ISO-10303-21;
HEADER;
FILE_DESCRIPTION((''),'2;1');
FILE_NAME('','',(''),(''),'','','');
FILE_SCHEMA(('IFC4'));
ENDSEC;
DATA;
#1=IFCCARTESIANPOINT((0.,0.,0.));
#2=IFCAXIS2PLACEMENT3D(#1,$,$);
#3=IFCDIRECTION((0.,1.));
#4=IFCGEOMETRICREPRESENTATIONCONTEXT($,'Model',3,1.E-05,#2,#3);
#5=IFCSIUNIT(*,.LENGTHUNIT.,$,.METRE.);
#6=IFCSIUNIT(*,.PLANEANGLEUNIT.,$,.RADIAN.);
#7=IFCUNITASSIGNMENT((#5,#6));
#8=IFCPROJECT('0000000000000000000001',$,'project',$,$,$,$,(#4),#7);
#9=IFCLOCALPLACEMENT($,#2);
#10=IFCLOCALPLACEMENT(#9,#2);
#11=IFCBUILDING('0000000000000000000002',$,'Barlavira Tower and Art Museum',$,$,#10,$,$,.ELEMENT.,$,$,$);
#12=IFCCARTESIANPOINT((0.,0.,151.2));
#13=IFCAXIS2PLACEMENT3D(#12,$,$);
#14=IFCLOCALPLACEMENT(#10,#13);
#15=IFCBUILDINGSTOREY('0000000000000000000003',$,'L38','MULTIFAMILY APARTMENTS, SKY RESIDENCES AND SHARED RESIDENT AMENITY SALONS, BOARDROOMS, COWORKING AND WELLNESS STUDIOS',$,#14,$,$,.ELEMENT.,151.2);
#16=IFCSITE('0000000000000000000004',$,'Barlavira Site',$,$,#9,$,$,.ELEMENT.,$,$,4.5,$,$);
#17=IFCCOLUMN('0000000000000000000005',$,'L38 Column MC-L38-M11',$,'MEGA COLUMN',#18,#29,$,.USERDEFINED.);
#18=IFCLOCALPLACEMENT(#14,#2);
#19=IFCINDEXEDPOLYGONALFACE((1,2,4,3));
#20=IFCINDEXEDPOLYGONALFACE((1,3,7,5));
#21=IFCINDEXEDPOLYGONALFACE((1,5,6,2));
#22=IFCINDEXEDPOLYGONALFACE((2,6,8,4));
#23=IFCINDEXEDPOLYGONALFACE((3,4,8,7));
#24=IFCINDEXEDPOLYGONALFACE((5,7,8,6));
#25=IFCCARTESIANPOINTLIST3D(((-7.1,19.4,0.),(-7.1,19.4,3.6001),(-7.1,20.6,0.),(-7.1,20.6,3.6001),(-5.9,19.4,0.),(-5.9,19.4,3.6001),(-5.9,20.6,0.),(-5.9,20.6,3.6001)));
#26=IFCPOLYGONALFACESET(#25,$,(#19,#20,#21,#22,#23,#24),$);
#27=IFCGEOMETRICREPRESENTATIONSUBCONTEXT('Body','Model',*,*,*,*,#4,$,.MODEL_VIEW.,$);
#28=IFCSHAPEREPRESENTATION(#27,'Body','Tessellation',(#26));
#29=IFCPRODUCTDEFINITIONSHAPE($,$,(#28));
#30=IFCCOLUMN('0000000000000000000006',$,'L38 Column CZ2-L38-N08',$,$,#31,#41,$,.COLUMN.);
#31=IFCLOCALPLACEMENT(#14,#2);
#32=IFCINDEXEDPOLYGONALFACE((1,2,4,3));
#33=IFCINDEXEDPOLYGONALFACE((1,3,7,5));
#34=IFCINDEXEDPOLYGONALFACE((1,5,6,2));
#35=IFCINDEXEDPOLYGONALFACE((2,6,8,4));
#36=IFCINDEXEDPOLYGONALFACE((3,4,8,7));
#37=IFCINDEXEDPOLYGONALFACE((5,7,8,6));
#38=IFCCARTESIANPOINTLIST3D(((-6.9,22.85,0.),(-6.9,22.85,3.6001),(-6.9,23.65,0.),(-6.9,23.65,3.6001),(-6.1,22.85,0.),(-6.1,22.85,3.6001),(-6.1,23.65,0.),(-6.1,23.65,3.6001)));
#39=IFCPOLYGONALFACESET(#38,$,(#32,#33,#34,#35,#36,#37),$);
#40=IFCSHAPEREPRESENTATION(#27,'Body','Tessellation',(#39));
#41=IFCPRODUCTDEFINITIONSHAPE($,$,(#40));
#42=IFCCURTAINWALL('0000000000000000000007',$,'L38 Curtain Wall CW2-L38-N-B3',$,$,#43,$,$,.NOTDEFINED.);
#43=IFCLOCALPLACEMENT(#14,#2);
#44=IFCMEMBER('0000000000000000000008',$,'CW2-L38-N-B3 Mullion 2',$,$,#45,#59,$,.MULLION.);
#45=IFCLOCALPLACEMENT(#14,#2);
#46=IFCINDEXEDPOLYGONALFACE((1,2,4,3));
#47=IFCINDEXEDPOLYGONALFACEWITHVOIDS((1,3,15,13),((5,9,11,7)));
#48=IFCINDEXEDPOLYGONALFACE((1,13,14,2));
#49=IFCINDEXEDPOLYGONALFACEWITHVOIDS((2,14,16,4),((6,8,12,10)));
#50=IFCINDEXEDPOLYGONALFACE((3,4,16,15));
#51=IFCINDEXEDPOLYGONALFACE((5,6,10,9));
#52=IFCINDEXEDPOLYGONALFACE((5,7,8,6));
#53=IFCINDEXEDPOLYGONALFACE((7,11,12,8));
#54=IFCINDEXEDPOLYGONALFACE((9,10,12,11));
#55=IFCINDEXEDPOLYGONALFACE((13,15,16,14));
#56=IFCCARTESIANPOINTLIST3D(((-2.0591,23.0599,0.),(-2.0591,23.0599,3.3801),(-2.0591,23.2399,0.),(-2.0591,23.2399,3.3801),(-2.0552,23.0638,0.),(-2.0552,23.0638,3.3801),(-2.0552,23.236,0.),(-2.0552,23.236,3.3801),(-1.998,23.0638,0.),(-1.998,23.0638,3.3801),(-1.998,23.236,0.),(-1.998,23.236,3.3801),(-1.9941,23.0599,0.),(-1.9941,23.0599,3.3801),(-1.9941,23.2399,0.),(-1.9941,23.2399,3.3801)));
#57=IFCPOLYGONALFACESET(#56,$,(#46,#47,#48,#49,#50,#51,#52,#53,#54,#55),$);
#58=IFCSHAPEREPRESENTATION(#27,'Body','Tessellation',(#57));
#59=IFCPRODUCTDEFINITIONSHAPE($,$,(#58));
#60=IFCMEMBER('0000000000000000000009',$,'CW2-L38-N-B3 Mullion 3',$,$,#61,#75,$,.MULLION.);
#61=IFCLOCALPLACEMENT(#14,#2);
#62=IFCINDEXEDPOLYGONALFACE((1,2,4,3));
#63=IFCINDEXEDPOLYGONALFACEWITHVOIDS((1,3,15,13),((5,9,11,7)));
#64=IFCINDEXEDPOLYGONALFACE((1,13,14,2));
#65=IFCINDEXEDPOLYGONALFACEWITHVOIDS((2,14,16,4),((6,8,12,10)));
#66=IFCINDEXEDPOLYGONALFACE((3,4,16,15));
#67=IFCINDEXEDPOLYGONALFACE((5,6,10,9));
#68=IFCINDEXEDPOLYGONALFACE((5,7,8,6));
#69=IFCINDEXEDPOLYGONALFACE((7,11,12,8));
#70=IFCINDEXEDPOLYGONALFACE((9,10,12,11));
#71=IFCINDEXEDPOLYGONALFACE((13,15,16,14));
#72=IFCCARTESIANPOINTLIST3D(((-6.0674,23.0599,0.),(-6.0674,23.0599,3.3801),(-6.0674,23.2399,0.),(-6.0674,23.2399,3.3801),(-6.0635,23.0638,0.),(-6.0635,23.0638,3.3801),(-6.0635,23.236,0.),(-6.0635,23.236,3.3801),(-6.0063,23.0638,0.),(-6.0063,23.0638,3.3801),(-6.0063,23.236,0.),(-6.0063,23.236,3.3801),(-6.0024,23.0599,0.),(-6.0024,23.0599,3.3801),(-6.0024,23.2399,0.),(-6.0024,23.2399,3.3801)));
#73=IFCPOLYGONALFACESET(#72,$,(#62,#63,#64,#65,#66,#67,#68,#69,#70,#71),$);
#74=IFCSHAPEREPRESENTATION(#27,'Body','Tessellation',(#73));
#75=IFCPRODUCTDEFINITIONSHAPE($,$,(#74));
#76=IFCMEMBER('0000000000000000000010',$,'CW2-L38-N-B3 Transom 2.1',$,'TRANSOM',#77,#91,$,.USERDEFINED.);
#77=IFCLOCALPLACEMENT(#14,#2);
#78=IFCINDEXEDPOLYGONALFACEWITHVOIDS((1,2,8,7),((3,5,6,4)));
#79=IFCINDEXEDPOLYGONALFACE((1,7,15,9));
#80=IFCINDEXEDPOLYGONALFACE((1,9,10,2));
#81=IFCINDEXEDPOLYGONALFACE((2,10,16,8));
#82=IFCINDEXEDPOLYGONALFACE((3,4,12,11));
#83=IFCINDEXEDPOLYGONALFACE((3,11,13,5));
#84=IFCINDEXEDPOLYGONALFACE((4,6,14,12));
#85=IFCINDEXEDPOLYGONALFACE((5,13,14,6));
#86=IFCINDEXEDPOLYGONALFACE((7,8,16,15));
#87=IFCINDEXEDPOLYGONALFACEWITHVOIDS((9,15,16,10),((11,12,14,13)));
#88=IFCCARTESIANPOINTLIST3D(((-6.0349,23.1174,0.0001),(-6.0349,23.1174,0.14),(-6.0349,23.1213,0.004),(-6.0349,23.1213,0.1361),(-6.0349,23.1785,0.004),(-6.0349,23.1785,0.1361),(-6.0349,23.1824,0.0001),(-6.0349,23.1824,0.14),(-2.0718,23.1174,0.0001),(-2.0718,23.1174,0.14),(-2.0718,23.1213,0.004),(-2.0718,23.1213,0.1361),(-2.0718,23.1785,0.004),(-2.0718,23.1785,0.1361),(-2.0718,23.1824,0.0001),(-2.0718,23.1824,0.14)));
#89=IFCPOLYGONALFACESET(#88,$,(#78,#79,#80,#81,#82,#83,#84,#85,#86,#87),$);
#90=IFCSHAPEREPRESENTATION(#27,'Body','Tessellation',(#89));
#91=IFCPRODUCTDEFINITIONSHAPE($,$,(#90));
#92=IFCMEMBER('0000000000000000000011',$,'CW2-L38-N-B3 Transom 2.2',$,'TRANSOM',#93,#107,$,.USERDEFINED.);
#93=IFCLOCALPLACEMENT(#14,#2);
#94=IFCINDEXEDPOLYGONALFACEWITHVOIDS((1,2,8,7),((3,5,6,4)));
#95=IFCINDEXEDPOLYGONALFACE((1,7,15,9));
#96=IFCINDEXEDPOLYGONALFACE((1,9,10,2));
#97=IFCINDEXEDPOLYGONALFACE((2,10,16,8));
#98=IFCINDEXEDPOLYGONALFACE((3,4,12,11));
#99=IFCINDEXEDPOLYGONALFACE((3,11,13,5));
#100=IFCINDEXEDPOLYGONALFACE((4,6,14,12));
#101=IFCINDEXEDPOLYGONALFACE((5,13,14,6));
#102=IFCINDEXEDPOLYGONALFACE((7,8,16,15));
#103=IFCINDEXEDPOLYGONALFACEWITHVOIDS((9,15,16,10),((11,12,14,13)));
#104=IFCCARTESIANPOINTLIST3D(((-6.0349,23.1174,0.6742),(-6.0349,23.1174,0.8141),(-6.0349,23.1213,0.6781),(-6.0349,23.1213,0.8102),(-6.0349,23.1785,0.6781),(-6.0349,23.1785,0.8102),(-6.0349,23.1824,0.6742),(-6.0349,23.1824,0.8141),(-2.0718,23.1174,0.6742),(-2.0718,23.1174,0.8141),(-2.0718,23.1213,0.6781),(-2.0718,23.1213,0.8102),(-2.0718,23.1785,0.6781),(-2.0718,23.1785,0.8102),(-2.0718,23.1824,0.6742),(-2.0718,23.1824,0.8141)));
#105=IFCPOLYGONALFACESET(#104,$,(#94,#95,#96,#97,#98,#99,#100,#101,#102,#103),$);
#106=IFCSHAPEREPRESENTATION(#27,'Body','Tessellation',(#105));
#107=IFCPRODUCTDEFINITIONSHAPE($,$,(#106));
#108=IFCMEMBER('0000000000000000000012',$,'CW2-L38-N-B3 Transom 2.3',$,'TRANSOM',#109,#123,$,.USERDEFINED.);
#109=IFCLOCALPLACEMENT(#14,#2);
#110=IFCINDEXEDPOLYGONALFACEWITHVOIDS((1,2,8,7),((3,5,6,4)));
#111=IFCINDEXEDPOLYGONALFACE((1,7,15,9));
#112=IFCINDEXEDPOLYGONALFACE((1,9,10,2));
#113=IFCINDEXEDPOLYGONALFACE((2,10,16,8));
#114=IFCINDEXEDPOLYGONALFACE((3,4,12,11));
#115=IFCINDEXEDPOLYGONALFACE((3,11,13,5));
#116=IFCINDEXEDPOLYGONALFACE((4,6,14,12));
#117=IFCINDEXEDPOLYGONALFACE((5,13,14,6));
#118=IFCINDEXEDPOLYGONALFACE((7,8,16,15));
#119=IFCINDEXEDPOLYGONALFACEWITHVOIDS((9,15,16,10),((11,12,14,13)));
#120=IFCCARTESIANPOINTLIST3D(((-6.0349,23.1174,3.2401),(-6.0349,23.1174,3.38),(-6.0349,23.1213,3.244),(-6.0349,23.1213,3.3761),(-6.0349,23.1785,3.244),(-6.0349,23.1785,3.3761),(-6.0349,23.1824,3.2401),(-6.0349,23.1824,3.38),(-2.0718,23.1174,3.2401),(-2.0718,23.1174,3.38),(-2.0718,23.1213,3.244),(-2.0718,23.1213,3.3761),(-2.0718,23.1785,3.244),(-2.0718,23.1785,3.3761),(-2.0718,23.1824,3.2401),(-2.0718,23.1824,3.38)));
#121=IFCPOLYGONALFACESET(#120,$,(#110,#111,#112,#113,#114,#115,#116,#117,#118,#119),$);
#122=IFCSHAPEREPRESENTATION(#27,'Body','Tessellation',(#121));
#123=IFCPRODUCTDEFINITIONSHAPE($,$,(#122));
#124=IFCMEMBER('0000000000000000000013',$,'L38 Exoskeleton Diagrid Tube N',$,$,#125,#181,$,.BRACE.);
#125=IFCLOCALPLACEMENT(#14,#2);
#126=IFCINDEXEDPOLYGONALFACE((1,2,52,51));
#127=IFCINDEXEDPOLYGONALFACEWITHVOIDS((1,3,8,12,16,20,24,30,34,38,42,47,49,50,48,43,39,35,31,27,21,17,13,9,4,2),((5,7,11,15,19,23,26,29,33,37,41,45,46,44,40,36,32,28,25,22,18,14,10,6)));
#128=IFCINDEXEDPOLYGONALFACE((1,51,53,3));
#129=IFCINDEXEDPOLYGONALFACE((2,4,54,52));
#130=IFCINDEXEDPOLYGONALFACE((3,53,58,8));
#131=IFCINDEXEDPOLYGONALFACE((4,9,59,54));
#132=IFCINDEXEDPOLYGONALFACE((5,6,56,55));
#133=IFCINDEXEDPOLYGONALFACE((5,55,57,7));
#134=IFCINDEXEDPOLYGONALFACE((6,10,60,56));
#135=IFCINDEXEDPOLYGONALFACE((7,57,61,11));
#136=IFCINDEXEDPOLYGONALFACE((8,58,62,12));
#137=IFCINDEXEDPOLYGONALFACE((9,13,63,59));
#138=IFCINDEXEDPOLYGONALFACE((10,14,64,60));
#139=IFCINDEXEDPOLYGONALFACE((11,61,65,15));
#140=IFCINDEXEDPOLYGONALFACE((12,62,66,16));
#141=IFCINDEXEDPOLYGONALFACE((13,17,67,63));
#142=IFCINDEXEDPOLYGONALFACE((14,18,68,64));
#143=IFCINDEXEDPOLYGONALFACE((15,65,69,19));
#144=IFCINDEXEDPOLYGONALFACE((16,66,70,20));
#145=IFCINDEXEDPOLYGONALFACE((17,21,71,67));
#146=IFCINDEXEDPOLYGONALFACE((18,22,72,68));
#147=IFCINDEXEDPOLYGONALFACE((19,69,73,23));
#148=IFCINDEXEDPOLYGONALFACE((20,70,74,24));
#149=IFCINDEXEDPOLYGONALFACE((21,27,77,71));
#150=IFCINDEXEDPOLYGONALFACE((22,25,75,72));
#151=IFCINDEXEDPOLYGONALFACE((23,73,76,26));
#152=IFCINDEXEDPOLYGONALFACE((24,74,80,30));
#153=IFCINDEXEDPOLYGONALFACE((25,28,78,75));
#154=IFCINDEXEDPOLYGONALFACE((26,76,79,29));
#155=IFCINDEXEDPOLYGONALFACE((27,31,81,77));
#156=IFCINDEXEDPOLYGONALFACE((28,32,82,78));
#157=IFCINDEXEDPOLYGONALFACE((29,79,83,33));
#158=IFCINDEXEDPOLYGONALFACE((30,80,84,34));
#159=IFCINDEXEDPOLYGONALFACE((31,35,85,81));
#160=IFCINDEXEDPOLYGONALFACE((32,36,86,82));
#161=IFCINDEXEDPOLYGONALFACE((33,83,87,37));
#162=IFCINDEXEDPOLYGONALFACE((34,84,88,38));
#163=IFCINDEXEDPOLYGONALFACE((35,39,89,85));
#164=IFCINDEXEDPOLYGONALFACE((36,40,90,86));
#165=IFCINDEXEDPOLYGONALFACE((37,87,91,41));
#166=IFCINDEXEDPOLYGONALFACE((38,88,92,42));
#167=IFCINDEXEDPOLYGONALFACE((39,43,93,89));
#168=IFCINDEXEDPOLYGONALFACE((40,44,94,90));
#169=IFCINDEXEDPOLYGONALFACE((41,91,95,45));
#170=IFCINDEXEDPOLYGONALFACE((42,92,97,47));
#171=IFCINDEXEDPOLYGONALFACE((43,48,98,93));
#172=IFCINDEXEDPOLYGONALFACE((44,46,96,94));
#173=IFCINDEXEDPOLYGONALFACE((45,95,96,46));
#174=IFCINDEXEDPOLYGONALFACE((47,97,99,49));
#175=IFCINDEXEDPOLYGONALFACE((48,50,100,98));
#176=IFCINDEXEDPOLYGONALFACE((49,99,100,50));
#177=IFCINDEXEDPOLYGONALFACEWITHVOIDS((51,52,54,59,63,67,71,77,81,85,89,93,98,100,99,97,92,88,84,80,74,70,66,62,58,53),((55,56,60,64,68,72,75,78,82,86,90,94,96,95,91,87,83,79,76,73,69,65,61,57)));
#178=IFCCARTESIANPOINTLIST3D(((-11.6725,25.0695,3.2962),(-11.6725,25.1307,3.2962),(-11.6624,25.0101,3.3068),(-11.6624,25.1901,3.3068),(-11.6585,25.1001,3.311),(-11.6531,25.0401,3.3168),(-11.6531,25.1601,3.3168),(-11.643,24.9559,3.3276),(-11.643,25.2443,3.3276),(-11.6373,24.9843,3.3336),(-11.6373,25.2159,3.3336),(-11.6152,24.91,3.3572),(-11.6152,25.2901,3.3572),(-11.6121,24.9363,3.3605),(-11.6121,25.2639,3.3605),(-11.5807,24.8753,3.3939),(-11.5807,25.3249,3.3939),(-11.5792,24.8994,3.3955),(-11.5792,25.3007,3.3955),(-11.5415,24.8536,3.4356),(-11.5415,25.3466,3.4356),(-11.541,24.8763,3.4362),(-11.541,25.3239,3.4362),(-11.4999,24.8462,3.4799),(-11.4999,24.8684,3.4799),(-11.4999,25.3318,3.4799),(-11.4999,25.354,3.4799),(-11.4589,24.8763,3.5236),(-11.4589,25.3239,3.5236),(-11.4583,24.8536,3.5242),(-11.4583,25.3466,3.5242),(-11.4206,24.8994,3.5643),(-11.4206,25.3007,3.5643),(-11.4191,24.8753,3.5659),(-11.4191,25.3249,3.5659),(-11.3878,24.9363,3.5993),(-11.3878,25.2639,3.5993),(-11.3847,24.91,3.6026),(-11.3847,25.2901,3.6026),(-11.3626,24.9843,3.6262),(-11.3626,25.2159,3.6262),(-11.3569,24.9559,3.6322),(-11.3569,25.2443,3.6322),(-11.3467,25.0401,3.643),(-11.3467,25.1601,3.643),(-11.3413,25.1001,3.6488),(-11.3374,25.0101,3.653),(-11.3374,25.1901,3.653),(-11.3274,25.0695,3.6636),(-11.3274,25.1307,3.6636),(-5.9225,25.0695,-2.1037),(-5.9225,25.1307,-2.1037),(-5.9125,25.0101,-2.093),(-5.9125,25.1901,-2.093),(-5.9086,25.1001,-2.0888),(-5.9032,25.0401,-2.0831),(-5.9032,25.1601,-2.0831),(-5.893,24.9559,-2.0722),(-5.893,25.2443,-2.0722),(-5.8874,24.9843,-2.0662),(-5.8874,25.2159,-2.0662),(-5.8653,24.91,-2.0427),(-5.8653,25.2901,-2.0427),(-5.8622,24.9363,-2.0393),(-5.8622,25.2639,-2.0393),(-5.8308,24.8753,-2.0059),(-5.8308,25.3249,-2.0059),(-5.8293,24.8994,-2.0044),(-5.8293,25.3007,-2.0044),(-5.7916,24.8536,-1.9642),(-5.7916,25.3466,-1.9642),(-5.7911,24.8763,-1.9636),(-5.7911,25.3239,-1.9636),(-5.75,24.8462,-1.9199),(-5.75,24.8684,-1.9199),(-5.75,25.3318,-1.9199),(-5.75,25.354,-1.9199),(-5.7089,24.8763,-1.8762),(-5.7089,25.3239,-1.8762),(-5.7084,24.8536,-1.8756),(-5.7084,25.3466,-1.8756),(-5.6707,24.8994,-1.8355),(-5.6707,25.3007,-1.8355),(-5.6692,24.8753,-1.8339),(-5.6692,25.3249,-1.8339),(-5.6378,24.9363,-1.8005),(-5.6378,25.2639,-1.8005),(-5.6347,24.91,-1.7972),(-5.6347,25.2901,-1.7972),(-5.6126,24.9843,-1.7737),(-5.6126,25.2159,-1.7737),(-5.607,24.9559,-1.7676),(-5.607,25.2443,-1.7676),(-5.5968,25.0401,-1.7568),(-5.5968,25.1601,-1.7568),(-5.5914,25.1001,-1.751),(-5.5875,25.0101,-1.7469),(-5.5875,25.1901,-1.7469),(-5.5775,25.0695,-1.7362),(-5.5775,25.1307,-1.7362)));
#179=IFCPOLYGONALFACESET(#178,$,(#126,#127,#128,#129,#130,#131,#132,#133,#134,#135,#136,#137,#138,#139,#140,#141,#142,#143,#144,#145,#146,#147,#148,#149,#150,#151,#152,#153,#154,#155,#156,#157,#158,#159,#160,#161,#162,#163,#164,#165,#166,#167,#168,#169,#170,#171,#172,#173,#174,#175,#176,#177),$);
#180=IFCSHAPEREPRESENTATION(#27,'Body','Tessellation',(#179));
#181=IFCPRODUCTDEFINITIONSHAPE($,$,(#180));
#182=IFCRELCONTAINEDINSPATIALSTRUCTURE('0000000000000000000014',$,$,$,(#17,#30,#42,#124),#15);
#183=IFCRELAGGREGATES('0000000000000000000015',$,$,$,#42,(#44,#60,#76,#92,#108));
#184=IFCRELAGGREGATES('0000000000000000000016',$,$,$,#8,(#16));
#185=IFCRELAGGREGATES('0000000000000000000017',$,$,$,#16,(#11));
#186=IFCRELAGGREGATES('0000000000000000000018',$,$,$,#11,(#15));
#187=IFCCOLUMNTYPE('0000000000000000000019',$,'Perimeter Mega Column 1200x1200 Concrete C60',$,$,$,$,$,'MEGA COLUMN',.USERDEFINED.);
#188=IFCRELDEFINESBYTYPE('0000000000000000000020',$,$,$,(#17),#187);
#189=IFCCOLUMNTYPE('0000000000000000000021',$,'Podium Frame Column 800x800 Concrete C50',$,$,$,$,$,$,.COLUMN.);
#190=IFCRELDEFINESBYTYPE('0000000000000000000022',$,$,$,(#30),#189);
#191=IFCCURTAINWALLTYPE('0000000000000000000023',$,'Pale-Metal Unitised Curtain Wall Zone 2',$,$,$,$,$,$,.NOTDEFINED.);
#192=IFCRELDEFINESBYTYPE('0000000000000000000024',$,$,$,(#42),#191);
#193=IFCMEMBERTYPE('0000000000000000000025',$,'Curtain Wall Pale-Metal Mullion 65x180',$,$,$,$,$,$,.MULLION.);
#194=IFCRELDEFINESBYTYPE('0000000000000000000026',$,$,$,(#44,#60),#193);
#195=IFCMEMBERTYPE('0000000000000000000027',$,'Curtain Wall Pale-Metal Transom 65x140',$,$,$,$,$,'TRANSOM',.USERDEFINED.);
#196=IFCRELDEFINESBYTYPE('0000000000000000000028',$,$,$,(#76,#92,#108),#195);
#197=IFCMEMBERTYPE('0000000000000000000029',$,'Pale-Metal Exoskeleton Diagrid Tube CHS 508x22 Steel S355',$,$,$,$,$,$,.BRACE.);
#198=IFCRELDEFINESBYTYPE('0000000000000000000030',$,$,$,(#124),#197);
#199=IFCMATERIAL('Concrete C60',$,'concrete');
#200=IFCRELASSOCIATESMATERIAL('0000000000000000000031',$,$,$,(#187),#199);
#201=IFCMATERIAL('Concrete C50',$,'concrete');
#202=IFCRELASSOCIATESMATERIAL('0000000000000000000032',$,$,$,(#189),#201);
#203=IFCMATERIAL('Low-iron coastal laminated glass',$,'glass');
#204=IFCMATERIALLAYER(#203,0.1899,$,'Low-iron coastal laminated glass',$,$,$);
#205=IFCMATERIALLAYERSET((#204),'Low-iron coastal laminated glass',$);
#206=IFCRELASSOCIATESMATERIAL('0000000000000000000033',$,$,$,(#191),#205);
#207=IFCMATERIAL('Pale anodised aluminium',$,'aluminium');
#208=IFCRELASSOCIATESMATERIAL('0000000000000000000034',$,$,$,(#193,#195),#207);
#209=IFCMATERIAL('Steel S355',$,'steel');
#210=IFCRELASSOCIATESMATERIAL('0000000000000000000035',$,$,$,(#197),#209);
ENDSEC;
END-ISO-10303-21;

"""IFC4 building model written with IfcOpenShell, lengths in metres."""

from ifc_helpers import new_model, si_unit, direction, frame, origin, origin_2d, place, context, subcontext, project, spatial, rectangle, hollow_rectangle, hollow_circle, extrude, material, layer, layer_set, material_profile, profile_set, type_object, element, aggregate, save


model = new_model("IFC4")

# Units and contexts
model_context = context("Model", 3, precision=1e-05, world=origin(), true_north=direction((0.0, 1.0)))
body_context = subcontext(model_context, "Body", "Model", "MODEL_VIEW")
ifc_project = project(units=[si_unit("LENGTHUNIT", "METRE"), si_unit("PLANEANGLEUNIT", "RADIAN")], contexts=[model_context])

# Site, building, storey
site_placement = place(None, origin())
site = spatial("IfcSite", under=ifc_project, at=site_placement, Name="Barlavira Site", CompositionType="ELEMENT", RefElevation=4.5)
building_placement = place(site_placement, origin())
building = spatial("IfcBuilding", under=site, at=building_placement, Name="Barlavira Tower and Art Museum", CompositionType="ELEMENT")
storey_placement = place(building_placement, frame((0.0, 0.0, 151.2)))
storey = spatial("IfcBuildingStorey", under=building, at=storey_placement, Name="L38", Description="MULTIFAMILY APARTMENTS, SKY RESIDENCES AND SHARED RESIDENT AMENITY SALONS, BOARDROOMS, COWORKING AND WELLNESS STUDIOS", CompositionType="ELEMENT", Elevation=151.2)

# Columns
ifc_material_1 = material(Name="Concrete C60", Category="concrete")
ifc_material_profile_1 = material_profile(ifc_material_1, rectangle(XDim=1.2, YDim=1.2, at=origin_2d()), Name="RC-COL 1200x1200")
ifc_profile_set_1 = profile_set([ifc_material_profile_1], Name="Concrete C60")
column_type_1 = type_object("IfcColumnType", Name="Perimeter Mega Column 1200x1200 Concrete C60", ElementType="MEGA COLUMN", PredefinedType="USERDEFINED", material=ifc_profile_set_1)
column_1_placement = place(storey_placement, frame((-6.5, 20.0, 0.0), z_axis=(0.0, 0.0, 1.0), x_axis=(1.0, 0.0, 0.0)))
element("IfcColumn", 1, at=column_1_placement, inside=storey, type_object=column_type_1, Name="L38 Column MC-L38-M11", ObjectType="MEGA COLUMN", PredefinedType="USERDEFINED", context=body_context, shape_type="SweptSolid", body=[
    extrude(rectangle(XDim=1.2, YDim=1.2, at=origin_2d()), origin(), (0.0, 0.0, 1.0), 3.6001),
])
ifc_material_2 = material(Name="Concrete C50", Category="concrete")
ifc_material_profile_2 = material_profile(ifc_material_2, rectangle(XDim=0.8, YDim=0.8, at=origin_2d()), Name="RC-COL 800x800")
ifc_profile_set_2 = profile_set([ifc_material_profile_2], Name="Concrete C50")
column_type_2 = type_object("IfcColumnType", Name="Podium Frame Column 800x800 Concrete C50", PredefinedType="COLUMN", material=ifc_profile_set_2)
column_2_placement = place(storey_placement, frame((-6.5, 23.25, 0.0), z_axis=(0.0, 0.0, 1.0), x_axis=(1.0, 0.0, 0.0)))
element("IfcColumn", 2, at=column_2_placement, inside=storey, type_object=column_type_2, Name="L38 Column CZ2-L38-N08", PredefinedType="COLUMN", context=body_context, shape_type="SweptSolid", body=[
    extrude(rectangle(XDim=0.8, YDim=0.8, at=origin_2d()), origin(), (0.0, 0.0, 1.0), 3.6001),
])

# Curtain wall, members
ifc_material_3 = material(Name="Low-iron coastal laminated glass", Category="glass")
ifc_layer_1 = layer(ifc_material_3, 0.1899, Name="Low-iron coastal laminated glass")
ifc_layer_set_1 = layer_set([ifc_layer_1], Name="Low-iron coastal laminated glass")
curtain_wall_type = type_object("IfcCurtainWallType", Name="Pale-Metal Unitised Curtain Wall Zone 2", PredefinedType="NOTDEFINED", material=ifc_layer_set_1)
curtain_wall_placement = place(storey_placement, origin())
curtain_wall = element("IfcCurtainWall", 3, at=curtain_wall_placement, inside=storey, type_object=curtain_wall_type, Name="L38 Curtain Wall CW2-L38-N-B3", PredefinedType="NOTDEFINED")
ifc_material_4 = material(Name="Pale anodised aluminium", Category="aluminium")
ifc_material_profile_3 = material_profile(ifc_material_4, hollow_rectangle(XDim=0.0649, YDim=0.1799, WallThickness=0.0039, at=origin_2d()), Name="ALU-MULL 65x180x4")
ifc_profile_set_3 = profile_set([ifc_material_profile_3], Name="Pale anodised aluminium")
member_type_1 = type_object("IfcMemberType", Name="Curtain Wall Pale-Metal Mullion 65x180", PredefinedType="MULLION", material=ifc_profile_set_3)
member_1_placement = place(storey_placement, frame((-2.0266, 23.1499, 0.0), z_axis=(0.0, 0.0, 1.0), x_axis=(-1.0, 0.0, 0.0)))
member_1 = element("IfcMember", 4, at=member_1_placement, type_object=member_type_1, Name="CW2-L38-N-B3 Mullion 2", PredefinedType="MULLION", context=body_context, shape_type="SweptSolid", body=[
    extrude(hollow_rectangle(XDim=0.0649, YDim=0.1799, WallThickness=0.0039, at=origin_2d()), origin(), (0.0, 0.0, 1.0), 3.3801),
])
member_2_placement = place(storey_placement, frame((-6.0349, 23.1499, 0.0), z_axis=(0.0, 0.0, 1.0), x_axis=(-1.0, 0.0, 0.0)))
member_2 = element("IfcMember", 5, at=member_2_placement, type_object=member_type_1, Name="CW2-L38-N-B3 Mullion 3", PredefinedType="MULLION", context=body_context, shape_type="SweptSolid", body=[
    extrude(hollow_rectangle(XDim=0.0649, YDim=0.1799, WallThickness=0.0039, at=origin_2d()), origin(), (0.0, 0.0, 1.0), 3.3801),
])
ifc_material_profile_4 = material_profile(ifc_material_4, hollow_rectangle(XDim=0.0649, YDim=0.1399, WallThickness=0.0039, at=origin_2d()), Name="ALU-TRAN 65x140x4")
ifc_profile_set_4 = profile_set([ifc_material_profile_4], Name="Pale anodised aluminium")
member_type_2 = type_object("IfcMemberType", Name="Curtain Wall Pale-Metal Transom 65x140", ElementType="TRANSOM", PredefinedType="USERDEFINED", material=ifc_profile_set_4)
member_3_placement = place(storey_placement, frame((-2.0718, 23.1499, 0.0701), z_axis=(-1.0, 0.0, 0.0), x_axis=(0.0, -1.0, 0.0)))
member_3 = element("IfcMember", 6, at=member_3_placement, type_object=member_type_2, Name="CW2-L38-N-B3 Transom 2.1", ObjectType="TRANSOM", PredefinedType="USERDEFINED", context=body_context, shape_type="SweptSolid", body=[
    extrude(hollow_rectangle(XDim=0.0649, YDim=0.1399, WallThickness=0.0039, at=origin_2d()), origin(), (0.0, 0.0, 1.0), 3.9631),
])
member_4_placement = place(storey_placement, frame((-2.0718, 23.1499, 0.7441), z_axis=(-1.0, 0.0, 0.0), x_axis=(0.0, -1.0, 0.0)))
member_4 = element("IfcMember", 7, at=member_4_placement, type_object=member_type_2, Name="CW2-L38-N-B3 Transom 2.2", ObjectType="TRANSOM", PredefinedType="USERDEFINED", context=body_context, shape_type="SweptSolid", body=[
    extrude(hollow_rectangle(XDim=0.0649, YDim=0.1399, WallThickness=0.0039, at=origin_2d()), origin(), (0.0, 0.0, 1.0), 3.9631),
])
member_5_placement = place(storey_placement, frame((-2.0718, 23.1499, 3.3101), z_axis=(-1.0, 0.0, 0.0), x_axis=(0.0, -1.0, 0.0)))
member_5 = element("IfcMember", 8, at=member_5_placement, type_object=member_type_2, Name="CW2-L38-N-B3 Transom 2.3", ObjectType="TRANSOM", PredefinedType="USERDEFINED", context=body_context, shape_type="SweptSolid", body=[
    extrude(hollow_rectangle(XDim=0.0649, YDim=0.1399, WallThickness=0.0039, at=origin_2d()), origin(), (0.0, 0.0, 1.0), 3.9631),
])

# Member
ifc_material_5 = material(Name="Steel S355", Category="steel")
ifc_material_profile_5 = material_profile(ifc_material_5, hollow_circle(Radius=0.2539, WallThickness=0.0222, at=origin_2d()), Name="CHS 508.0x22.2")
ifc_profile_set_5 = profile_set([ifc_material_profile_5], Name="Steel S355")
member_type_3 = type_object("IfcMemberType", Name="Pale-Metal Exoskeleton Diagrid Tube CHS 508x22 Steel S355", PredefinedType="BRACE", material=ifc_profile_set_5)
for number, where, z_axis, x_axis, name in (
    (9, (-5.75, 25.1001, -1.9199), (-0.72895, 0.0, 0.684567), (0.0, -1.0, 0.0), "L38 Exoskeleton Diagrid Tube N"),
):
    element("IfcMember", number, at=place(storey_placement, frame(where, z_axis=z_axis, x_axis=x_axis)), inside=storey, type_object=member_type_3, Name=name, PredefinedType="BRACE", context=body_context, shape_type="SweptSolid", body=[
        extrude(hollow_circle(Radius=0.2539, WallThickness=0.0222, at=origin_2d()), origin(), (0.0, 0.0, 1.0), 7.8879),
    ])

aggregate(curtain_wall, [member_1, member_2, member_3, member_4, member_5])

save(model, "model.ifc")
